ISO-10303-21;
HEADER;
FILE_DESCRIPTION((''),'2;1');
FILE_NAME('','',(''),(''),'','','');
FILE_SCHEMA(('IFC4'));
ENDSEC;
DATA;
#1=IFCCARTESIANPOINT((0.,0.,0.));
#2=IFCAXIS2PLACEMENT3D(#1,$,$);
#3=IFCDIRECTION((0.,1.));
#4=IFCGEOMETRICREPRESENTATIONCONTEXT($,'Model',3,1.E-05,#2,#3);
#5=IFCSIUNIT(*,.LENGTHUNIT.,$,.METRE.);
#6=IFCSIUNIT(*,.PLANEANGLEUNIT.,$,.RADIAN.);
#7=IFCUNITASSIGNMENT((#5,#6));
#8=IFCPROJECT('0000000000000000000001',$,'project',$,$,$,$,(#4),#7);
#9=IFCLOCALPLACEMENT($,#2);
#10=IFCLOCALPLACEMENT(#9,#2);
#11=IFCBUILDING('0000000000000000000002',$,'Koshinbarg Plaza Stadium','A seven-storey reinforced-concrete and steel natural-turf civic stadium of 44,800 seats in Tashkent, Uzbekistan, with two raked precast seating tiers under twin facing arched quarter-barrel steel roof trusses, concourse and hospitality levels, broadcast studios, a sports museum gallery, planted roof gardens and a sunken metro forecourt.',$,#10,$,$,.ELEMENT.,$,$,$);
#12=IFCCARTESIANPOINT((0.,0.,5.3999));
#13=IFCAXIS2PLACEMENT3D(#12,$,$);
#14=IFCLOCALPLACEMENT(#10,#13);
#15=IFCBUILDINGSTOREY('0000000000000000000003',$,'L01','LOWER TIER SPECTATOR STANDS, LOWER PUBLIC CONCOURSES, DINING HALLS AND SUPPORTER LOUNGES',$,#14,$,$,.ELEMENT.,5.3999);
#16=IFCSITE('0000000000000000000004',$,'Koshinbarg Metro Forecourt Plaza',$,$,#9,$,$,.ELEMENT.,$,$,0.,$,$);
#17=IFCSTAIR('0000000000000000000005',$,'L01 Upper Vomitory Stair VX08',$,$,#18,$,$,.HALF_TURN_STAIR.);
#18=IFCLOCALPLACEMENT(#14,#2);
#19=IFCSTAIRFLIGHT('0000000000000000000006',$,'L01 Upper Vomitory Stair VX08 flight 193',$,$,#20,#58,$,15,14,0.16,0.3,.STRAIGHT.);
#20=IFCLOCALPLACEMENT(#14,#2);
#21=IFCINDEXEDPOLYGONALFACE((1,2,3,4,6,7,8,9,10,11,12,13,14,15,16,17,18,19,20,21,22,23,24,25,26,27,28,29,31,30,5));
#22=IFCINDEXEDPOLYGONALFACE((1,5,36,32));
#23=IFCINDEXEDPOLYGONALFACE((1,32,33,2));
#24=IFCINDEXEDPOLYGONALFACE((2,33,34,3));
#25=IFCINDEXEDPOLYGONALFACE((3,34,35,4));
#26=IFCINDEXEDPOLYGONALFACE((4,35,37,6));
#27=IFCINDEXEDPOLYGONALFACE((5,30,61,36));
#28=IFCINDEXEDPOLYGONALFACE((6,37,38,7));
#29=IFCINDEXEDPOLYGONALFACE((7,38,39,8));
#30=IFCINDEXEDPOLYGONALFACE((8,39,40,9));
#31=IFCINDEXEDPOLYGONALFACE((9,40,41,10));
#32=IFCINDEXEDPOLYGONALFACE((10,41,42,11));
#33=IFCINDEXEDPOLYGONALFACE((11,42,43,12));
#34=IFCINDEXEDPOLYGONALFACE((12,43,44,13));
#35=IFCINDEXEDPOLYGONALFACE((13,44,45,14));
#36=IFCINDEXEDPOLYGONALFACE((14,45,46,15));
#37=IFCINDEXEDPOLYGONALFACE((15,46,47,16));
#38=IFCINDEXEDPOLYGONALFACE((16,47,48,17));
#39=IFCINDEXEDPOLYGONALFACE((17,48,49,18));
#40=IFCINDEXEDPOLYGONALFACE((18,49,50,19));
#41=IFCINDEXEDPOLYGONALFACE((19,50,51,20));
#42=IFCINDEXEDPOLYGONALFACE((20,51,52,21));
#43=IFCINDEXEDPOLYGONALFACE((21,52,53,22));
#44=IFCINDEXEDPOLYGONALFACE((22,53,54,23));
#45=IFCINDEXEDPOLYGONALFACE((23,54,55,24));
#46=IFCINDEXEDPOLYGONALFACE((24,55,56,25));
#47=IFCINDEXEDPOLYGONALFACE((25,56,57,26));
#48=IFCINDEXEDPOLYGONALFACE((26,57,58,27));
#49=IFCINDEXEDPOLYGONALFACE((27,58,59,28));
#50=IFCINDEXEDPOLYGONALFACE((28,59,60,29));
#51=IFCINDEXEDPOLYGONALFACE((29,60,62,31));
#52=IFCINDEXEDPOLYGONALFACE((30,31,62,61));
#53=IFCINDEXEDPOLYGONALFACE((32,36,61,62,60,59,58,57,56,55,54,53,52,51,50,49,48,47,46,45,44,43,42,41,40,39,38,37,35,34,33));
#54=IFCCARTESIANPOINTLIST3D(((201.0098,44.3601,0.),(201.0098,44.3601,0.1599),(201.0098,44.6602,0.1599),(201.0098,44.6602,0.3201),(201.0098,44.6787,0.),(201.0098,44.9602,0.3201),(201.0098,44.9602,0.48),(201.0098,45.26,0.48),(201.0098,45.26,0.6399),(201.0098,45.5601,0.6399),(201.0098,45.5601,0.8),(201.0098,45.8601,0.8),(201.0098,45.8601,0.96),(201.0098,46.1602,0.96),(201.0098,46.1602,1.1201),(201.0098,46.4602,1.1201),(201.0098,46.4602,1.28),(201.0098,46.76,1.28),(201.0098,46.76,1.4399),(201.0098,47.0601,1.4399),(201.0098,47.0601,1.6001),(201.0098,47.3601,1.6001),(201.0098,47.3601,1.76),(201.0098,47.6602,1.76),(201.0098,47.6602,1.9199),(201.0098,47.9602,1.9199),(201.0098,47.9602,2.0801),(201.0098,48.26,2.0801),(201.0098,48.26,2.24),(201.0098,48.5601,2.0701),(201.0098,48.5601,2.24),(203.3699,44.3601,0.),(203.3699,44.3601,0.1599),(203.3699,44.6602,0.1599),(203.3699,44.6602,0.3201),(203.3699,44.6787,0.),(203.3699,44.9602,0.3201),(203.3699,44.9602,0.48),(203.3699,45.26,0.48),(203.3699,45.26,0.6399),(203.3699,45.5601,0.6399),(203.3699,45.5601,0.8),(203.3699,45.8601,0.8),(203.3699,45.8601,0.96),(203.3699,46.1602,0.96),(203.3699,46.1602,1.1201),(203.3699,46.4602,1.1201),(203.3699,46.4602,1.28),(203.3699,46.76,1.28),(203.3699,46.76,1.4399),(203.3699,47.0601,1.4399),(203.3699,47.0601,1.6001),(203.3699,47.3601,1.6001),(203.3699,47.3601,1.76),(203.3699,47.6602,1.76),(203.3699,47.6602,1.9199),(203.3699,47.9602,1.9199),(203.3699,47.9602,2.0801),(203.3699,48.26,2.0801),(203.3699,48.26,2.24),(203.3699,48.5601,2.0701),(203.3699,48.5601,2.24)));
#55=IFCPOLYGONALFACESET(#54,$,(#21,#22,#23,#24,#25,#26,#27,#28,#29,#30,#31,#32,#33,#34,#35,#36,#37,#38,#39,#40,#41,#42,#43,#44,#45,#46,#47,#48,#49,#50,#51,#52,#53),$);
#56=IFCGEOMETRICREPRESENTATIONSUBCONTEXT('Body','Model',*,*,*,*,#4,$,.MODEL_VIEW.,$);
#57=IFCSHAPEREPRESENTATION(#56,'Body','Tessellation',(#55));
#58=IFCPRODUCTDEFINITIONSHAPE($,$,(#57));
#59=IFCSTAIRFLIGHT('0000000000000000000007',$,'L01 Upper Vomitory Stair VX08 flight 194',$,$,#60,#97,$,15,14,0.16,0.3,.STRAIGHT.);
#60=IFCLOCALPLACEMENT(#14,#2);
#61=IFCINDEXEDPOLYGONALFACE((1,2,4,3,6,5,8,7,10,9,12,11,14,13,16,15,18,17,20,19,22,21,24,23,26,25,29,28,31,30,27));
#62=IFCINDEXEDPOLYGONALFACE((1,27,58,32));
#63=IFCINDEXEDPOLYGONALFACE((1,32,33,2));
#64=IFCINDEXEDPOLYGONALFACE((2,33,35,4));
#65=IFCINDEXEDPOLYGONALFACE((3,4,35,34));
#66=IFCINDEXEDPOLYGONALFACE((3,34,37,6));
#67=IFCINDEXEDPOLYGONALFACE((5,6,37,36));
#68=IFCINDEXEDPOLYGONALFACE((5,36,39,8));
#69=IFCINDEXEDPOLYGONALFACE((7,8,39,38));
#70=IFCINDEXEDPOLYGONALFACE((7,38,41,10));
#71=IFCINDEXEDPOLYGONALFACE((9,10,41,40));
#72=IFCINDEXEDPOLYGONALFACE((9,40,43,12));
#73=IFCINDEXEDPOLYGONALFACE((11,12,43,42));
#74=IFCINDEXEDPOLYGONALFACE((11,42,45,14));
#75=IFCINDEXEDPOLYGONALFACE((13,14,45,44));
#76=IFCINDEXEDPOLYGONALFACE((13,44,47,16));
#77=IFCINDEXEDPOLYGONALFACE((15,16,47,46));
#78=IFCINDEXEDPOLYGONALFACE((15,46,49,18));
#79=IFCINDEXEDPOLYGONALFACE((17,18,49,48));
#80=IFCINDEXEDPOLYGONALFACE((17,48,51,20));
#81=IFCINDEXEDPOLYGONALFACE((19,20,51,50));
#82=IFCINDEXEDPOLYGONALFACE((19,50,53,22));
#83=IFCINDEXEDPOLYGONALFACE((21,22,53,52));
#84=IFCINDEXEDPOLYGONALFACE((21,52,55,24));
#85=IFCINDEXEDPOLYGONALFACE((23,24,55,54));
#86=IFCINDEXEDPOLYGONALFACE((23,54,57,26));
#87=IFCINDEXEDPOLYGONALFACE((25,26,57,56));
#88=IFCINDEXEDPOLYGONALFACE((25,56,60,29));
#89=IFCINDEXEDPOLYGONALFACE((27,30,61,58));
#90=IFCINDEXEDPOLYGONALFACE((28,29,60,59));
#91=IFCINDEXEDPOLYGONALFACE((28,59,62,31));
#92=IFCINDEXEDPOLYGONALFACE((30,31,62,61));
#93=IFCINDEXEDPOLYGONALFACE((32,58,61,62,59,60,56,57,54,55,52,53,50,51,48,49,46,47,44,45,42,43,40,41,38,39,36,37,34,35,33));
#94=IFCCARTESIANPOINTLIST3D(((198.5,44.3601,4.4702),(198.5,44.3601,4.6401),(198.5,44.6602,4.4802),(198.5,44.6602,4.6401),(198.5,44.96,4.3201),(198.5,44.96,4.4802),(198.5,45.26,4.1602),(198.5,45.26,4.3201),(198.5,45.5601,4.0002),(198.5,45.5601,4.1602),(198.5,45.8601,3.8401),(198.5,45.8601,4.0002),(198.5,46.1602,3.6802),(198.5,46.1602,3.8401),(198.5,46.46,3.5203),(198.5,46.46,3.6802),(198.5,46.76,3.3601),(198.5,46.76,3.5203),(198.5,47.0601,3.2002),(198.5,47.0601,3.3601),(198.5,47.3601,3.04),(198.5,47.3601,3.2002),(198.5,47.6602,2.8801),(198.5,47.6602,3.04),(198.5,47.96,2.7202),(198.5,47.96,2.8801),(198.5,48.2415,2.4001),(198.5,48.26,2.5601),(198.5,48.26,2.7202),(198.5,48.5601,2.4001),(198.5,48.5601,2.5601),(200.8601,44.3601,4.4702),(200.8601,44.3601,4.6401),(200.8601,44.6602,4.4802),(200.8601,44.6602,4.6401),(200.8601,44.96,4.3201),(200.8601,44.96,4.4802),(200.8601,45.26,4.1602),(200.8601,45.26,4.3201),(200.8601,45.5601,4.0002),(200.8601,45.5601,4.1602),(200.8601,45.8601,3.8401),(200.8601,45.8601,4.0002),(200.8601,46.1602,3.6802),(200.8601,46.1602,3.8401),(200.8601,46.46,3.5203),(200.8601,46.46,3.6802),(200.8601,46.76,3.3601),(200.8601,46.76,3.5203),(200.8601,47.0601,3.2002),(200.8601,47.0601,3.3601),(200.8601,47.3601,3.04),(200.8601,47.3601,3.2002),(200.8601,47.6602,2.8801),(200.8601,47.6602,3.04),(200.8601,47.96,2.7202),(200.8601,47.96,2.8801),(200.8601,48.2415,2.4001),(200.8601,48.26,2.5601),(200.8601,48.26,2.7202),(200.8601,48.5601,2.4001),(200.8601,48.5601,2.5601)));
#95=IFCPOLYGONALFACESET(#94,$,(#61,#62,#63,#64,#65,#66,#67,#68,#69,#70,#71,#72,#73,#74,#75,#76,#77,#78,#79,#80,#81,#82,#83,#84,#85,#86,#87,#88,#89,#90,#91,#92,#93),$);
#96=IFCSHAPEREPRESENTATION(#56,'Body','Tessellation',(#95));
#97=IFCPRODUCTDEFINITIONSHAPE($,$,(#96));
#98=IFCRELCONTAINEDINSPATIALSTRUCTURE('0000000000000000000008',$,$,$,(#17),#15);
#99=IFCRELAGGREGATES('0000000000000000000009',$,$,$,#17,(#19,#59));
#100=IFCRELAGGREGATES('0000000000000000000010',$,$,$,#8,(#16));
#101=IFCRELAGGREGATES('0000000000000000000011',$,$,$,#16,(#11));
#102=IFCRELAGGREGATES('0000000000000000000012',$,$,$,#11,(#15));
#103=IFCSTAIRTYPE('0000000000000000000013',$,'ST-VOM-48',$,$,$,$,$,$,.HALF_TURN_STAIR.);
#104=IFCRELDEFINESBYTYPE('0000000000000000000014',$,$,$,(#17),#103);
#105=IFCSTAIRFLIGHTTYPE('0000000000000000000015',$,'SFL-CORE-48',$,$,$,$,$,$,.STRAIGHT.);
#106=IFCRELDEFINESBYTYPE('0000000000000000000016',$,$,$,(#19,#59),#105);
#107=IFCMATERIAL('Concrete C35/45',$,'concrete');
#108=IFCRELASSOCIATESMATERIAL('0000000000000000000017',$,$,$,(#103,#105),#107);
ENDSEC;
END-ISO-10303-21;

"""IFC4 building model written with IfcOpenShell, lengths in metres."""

from ifc_helpers import new_model, si_unit, direction, frame, origin, place, context, subcontext, project, spatial, polyline, outline, extrude, material, type_object, element, aggregate, save


model = new_model("IFC4")

# Units and contexts
model_context = context("Model", 3, precision=1e-05, world=origin(), true_north=direction((0.0, 1.0)))
body_context = subcontext(model_context, "Body", "Model", "MODEL_VIEW")
ifc_project = project(units=[si_unit("LENGTHUNIT", "METRE"), si_unit("PLANEANGLEUNIT", "RADIAN")], contexts=[model_context])

# Site, building, storey
site_placement = place(None, origin())
site = spatial("IfcSite", under=ifc_project, at=site_placement, Name="Koshinbarg Metro Forecourt Plaza", CompositionType="ELEMENT", RefElevation=0.0)
building_placement = place(site_placement, origin())
building = spatial("IfcBuilding", under=site, at=building_placement, Name="Koshinbarg Plaza Stadium", Description="A seven-storey reinforced-concrete and steel natural-turf civic stadium of 44,800 seats in Tashkent, Uzbekistan, with two raked precast seating tiers under twin facing arched quarter-barrel steel roof trusses, concourse and hospitality levels, broadcast studios, a sports museum gallery, planted roof gardens and a sunken metro forecourt.", CompositionType="ELEMENT")
storey_placement = place(building_placement, frame((0.0, 0.0, 5.3999)))
storey = spatial("IfcBuildingStorey", under=building, at=storey_placement, Name="L01", Description="LOWER TIER SPECTATOR STANDS, LOWER PUBLIC CONCOURSES, DINING HALLS AND SUPPORTER LOUNGES", CompositionType="ELEMENT", Elevation=5.3999)

# Stair, stair flights
ifc_material_1 = material(Name="Concrete C35/45", Category="concrete")
stair_type = type_object("IfcStairType", Name="ST-VOM-48", PredefinedType="HALF_TURN_STAIR", material=ifc_material_1)
stair_placement = place(storey_placement, origin())
stair = element("IfcStair", 1, at=stair_placement, inside=storey, type_object=stair_type, Name="L01 Upper Vomitory Stair VX08", PredefinedType="HALF_TURN_STAIR")
stair_flight_type = type_object("IfcStairFlightType", Name="SFL-CORE-48", PredefinedType="STRAIGHT", material=ifc_material_1)
stair_flight_1_placement = place(storey_placement, frame((202.1899, 44.3601, 0.0), z_axis=(0.0, 0.0, 1.0), x_axis=(0.0, 1.0, 0.0)))
stair_flight_1 = element("IfcStairFlight", 2, at=stair_flight_1_placement, type_object=stair_flight_type, Name="L01 Upper Vomitory Stair VX08 flight 193", NumberOfRisers=15, NumberOfTreads=14, PredefinedType="STRAIGHT", RiserHeight=0.16, TreadLength=0.3, context=body_context, shape_type="SweptSolid", body=[
    extrude(outline(polyline([(0.0, 0.0), (0.0, 0.1599), (0.3, 0.1599), (0.3, 0.3201), (0.6001, 0.3201), (0.6001, 0.48), (0.8999, 0.48), (0.8999, 0.6399), (1.2, 0.6399), (1.2, 0.8), (1.5, 0.8), (1.5, 0.96), (1.8, 0.96), (1.8, 1.1201), (2.1001, 1.1201), (2.1001, 1.28), (2.3999, 1.28), (2.3999, 1.4399), (2.7, 1.4399), (2.7, 1.6001), (3.0, 1.6001), (3.0, 1.76), (3.3, 1.76), (3.3, 1.9199), (3.6001, 1.9199), (3.6001, 2.0801), (3.8999, 2.0801), (3.8999, 2.24), (4.2, 2.24), (4.2, 2.3999), (4.2, 2.0701), (0.3186, 0.0), (0.0, 0.0)])), frame((0.0, 1.1802, 0.0), z_axis=(0.0, -1.0, 0.0), x_axis=(1.0, 0.0, 0.0)), (0.0, 0.0, 1.0), 2.3601),
])
stair_flight_2_placement = place(storey_placement, frame((199.6799, 48.5601, 2.4001), z_axis=(0.0, 0.0, 1.0), x_axis=(0.0, -1.0, 0.0)))
stair_flight_2 = element("IfcStairFlight", 3, at=stair_flight_2_placement, type_object=stair_flight_type, Name="L01 Upper Vomitory Stair VX08 flight 194", NumberOfRisers=15, NumberOfTreads=14, PredefinedType="STRAIGHT", RiserHeight=0.16, TreadLength=0.3, context=body_context, shape_type="SweptSolid", body=[
    extrude(outline(polyline([(0.0, 0.0), (0.0, 0.1599), (0.3, 0.1599), (0.3, 0.3201), (0.6001, 0.3201), (0.6001, 0.48), (0.8999, 0.48), (0.8999, 0.6399), (1.2, 0.6399), (1.2, 0.8), (1.5, 0.8), (1.5, 0.96), (1.8, 0.96), (1.8, 1.1201), (2.1001, 1.1201), (2.1001, 1.28), (2.3999, 1.28), (2.3999, 1.4399), (2.7, 1.4399), (2.7, 1.6001), (3.0, 1.6001), (3.0, 1.76), (3.3, 1.76), (3.3, 1.9199), (3.6001, 1.9199), (3.6001, 2.0801), (3.8999, 2.0801), (3.8999, 2.24), (4.2, 2.24), (4.2, 2.3999), (4.2, 2.0701), (0.3186, 0.0), (0.0, 0.0)])), frame((0.0, 1.1802, 0.0), z_axis=(0.0, -1.0, 0.0), x_axis=(1.0, 0.0, 0.0)), (0.0, 0.0, 1.0), 2.3601),
])
aggregate(stair, [stair_flight_1, stair_flight_2])

save(model, "model.ifc")
